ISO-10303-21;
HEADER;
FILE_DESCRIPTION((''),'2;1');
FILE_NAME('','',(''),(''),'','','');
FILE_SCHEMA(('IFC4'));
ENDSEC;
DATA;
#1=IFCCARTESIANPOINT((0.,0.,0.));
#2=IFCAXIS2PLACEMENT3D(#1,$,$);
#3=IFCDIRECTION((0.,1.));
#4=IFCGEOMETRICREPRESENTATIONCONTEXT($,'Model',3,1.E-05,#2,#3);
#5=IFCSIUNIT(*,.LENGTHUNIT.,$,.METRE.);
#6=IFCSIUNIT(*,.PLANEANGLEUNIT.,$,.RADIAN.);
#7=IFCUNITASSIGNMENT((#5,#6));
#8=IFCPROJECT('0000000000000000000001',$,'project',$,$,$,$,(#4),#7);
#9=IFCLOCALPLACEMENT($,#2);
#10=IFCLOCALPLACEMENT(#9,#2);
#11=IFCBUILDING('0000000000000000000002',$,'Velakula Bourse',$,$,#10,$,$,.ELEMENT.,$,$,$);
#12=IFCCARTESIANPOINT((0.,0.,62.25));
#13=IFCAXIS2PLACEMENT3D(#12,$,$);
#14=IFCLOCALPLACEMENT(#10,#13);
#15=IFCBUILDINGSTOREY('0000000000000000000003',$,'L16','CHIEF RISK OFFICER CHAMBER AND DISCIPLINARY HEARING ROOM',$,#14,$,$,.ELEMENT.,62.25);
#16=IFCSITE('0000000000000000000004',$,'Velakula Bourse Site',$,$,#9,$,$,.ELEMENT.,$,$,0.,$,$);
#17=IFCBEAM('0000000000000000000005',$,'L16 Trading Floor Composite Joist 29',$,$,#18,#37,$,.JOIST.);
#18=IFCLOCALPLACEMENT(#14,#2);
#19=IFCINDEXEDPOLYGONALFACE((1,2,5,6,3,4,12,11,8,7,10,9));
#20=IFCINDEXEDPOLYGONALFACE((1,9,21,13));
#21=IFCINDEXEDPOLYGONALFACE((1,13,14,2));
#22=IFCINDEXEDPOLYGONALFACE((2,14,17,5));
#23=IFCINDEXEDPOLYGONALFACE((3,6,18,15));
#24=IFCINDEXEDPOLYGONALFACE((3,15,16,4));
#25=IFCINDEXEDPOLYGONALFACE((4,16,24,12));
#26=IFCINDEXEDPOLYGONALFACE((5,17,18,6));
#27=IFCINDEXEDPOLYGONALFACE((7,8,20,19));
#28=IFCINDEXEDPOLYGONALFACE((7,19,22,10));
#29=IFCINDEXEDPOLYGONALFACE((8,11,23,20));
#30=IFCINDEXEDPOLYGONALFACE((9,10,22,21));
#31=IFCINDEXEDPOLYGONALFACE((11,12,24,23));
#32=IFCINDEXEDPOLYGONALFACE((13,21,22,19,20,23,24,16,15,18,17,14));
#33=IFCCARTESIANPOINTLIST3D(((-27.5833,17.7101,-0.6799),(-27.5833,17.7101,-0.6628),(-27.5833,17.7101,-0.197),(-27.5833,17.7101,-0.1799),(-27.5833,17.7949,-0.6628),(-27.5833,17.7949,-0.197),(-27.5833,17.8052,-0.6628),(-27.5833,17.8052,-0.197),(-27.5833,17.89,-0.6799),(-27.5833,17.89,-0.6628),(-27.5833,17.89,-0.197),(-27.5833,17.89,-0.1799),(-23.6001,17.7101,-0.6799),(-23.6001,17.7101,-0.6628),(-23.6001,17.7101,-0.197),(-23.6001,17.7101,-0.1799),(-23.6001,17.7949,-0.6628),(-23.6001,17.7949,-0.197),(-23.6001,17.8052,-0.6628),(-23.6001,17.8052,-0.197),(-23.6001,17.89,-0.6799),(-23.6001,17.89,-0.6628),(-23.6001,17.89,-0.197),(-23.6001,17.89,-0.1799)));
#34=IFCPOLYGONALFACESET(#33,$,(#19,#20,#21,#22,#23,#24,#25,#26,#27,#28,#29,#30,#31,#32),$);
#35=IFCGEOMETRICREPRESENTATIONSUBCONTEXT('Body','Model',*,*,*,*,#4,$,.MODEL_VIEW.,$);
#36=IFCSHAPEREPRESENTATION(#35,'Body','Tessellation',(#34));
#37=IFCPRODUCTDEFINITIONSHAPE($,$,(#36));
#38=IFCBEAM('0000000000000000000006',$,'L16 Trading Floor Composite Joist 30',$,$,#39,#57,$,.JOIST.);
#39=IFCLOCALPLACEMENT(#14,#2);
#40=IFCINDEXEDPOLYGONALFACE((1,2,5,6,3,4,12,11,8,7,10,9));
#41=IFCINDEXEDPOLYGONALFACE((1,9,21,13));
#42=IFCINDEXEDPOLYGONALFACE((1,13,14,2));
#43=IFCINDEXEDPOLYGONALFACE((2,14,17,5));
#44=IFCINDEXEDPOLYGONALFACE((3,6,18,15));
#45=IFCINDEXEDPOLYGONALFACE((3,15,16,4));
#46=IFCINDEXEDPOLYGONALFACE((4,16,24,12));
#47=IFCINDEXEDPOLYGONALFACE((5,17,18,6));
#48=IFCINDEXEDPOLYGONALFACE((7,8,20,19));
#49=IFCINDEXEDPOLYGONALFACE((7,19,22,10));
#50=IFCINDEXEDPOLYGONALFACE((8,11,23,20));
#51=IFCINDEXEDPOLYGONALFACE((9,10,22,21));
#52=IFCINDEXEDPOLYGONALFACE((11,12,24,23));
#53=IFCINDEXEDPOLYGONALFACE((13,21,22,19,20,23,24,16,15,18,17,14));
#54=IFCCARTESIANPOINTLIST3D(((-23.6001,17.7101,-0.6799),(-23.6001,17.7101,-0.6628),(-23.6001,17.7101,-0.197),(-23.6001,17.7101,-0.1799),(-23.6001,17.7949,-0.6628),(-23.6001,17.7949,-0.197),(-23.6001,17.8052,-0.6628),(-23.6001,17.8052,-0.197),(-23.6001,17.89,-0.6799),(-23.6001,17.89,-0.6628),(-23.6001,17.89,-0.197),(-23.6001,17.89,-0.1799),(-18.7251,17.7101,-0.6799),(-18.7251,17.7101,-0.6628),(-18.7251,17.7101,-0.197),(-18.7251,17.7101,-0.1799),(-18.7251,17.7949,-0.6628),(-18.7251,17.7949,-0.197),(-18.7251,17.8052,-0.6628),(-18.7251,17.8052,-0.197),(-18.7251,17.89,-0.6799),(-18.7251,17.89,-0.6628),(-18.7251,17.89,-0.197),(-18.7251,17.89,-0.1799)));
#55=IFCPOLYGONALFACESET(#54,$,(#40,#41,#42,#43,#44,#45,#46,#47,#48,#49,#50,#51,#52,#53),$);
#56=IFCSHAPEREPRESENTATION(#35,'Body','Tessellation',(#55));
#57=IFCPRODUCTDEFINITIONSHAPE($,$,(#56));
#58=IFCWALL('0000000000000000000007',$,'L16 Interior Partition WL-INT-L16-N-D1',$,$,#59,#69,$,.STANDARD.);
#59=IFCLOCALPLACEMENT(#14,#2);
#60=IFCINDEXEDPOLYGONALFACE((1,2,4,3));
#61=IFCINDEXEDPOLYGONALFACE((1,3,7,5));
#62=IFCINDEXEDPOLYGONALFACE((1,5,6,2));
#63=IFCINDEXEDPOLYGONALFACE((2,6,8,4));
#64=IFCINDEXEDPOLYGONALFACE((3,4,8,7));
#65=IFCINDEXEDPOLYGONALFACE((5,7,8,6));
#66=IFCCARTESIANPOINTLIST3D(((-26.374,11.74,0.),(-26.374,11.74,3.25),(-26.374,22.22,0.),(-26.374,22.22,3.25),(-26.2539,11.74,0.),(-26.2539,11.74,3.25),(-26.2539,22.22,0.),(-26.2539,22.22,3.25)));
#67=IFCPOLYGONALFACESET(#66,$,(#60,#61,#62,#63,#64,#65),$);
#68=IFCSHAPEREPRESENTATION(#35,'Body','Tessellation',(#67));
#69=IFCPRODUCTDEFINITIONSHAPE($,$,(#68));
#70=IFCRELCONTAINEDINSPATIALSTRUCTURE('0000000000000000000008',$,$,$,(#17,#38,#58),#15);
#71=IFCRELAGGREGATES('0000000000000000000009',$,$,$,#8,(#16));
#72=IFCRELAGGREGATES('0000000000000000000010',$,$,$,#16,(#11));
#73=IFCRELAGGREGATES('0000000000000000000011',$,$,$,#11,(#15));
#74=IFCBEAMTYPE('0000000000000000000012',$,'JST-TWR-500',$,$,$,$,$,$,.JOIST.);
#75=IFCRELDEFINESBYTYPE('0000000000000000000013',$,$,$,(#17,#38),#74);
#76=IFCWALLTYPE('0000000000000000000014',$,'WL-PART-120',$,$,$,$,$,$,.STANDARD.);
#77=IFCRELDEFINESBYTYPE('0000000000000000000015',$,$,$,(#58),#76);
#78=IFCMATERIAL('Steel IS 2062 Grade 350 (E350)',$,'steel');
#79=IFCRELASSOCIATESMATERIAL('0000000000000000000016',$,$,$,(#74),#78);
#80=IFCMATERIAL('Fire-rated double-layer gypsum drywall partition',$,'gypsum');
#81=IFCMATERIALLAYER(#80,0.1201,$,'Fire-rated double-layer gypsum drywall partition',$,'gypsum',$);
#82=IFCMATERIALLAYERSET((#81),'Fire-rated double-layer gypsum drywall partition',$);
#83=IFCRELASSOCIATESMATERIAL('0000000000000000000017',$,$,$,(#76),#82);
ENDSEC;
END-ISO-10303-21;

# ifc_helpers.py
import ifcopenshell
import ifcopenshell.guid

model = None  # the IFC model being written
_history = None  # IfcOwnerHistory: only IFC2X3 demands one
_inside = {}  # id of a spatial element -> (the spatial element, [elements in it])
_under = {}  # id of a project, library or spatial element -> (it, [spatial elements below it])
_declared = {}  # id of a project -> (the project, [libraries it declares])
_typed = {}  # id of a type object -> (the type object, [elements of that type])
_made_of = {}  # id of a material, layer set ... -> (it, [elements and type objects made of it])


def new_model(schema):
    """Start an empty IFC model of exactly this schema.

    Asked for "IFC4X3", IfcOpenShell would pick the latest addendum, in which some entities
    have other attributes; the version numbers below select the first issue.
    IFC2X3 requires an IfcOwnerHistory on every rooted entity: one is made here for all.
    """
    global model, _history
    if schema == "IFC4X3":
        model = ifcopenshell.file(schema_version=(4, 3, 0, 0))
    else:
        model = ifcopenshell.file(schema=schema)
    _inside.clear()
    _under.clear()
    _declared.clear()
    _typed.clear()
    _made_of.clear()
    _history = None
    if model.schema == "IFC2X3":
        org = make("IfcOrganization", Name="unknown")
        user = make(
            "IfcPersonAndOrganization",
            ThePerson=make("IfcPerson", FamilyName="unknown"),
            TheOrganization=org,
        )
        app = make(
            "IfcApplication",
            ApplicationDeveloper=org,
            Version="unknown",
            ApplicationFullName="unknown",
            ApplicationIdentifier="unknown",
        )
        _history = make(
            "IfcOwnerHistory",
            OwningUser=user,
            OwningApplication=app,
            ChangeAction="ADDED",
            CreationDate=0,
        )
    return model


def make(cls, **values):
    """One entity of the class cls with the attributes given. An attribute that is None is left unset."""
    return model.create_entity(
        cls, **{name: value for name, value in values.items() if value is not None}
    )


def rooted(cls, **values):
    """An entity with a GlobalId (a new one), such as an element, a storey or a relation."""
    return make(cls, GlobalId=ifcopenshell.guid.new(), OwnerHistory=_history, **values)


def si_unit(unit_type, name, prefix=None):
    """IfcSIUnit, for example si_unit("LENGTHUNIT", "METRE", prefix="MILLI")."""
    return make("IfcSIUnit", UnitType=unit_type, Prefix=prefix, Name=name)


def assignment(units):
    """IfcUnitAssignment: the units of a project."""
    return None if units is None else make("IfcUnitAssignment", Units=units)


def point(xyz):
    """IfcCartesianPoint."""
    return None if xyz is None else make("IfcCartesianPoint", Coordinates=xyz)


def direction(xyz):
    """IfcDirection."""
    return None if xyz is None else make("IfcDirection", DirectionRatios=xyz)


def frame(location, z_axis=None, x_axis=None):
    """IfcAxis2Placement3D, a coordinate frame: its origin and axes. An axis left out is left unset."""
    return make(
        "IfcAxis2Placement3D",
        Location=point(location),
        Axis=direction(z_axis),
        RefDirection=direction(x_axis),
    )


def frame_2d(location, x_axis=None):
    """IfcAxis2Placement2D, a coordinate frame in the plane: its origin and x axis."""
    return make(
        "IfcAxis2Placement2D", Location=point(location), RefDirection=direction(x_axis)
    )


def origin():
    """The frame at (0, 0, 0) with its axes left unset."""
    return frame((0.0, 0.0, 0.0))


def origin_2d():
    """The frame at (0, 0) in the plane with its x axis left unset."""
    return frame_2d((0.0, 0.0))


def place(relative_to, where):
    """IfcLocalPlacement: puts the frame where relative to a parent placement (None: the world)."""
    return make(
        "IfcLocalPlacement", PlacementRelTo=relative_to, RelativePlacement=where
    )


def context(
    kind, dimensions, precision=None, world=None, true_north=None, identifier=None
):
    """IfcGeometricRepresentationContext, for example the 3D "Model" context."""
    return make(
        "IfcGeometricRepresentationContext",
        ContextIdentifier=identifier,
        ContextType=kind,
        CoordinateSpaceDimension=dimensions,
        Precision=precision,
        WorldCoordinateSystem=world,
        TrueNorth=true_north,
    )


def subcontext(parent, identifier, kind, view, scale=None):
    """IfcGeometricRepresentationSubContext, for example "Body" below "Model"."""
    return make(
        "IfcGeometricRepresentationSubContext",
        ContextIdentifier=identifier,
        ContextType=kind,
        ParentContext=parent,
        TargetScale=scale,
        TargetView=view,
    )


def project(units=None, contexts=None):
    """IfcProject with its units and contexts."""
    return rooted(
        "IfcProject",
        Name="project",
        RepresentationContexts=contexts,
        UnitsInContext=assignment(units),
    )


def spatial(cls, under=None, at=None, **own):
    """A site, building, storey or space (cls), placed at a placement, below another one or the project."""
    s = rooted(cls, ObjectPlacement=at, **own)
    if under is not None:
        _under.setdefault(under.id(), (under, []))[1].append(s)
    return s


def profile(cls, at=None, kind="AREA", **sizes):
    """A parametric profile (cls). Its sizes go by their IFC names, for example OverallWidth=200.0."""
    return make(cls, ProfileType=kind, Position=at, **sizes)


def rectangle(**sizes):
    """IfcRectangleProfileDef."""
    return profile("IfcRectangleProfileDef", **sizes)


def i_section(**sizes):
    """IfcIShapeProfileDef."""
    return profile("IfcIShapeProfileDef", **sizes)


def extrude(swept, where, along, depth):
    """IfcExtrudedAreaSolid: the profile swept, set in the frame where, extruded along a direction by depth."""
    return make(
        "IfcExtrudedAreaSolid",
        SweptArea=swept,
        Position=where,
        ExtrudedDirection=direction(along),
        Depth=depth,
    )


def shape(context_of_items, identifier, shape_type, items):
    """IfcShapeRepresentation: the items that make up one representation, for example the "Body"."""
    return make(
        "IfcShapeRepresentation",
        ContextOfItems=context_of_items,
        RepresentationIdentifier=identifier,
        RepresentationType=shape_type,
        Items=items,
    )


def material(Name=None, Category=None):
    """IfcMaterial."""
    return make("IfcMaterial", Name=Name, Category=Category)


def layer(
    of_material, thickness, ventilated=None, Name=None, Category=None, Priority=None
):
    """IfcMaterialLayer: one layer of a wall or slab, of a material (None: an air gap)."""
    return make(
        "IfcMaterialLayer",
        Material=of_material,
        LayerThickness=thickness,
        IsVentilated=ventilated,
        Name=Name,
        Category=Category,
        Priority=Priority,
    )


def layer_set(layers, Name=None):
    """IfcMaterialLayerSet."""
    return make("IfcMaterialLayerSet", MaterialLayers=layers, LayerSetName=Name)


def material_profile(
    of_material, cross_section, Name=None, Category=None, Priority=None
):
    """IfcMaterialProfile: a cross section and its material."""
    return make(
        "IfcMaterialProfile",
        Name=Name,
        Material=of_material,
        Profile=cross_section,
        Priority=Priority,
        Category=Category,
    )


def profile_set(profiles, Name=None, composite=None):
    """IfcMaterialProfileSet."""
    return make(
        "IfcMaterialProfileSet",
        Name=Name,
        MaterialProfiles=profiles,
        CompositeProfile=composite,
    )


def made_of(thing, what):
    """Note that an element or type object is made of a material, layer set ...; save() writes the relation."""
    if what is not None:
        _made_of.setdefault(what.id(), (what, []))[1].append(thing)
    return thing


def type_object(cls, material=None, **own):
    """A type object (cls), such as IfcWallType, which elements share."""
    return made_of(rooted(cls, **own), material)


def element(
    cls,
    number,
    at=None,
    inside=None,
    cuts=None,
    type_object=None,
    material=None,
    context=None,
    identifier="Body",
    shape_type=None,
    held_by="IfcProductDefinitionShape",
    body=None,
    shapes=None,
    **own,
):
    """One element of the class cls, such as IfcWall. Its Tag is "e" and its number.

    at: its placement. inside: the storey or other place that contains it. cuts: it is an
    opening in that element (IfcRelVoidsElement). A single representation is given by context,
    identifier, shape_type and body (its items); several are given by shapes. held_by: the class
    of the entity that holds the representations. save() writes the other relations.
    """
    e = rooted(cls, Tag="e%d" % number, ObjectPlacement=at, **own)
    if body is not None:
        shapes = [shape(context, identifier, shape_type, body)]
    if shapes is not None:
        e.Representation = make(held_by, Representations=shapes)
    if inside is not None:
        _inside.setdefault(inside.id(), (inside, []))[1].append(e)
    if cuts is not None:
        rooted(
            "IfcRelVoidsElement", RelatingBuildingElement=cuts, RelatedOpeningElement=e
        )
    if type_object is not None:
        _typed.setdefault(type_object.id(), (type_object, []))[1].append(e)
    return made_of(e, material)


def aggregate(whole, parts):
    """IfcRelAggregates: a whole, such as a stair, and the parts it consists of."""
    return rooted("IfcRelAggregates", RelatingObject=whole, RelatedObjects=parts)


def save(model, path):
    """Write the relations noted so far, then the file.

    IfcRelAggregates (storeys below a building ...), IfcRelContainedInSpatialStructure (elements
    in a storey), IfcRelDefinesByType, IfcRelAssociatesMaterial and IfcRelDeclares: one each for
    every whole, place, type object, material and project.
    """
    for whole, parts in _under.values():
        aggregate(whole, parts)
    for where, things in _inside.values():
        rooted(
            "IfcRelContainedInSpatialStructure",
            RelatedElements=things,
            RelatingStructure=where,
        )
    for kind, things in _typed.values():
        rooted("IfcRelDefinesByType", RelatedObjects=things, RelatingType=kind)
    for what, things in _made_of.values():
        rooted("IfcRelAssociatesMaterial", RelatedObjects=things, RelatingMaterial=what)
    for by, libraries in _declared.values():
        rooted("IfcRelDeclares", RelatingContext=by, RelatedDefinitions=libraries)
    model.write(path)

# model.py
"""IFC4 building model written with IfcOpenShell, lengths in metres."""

from ifc_helpers import new_model, si_unit, direction, frame, frame_2d, origin, origin_2d, place, context, subcontext, project, spatial, rectangle, i_section, extrude, material, layer, layer_set, material_profile, profile_set, type_object, element, save


model = new_model("IFC4")

# Units and contexts
model_context = context("Model", 3, precision=1e-05, world=origin(), true_north=direction((0.0, 1.0)))
body_context = subcontext(model_context, "Body", "Model", "MODEL_VIEW")
ifc_project = project(units=[si_unit("LENGTHUNIT", "METRE"), si_unit("PLANEANGLEUNIT", "RADIAN")], contexts=[model_context])

# Site, building, storey
site_placement = place(None, origin())
site = spatial("IfcSite", under=ifc_project, at=site_placement, Name="Velakula Bourse Site", CompositionType="ELEMENT", RefElevation=0.0)
building_placement = place(site_placement, origin())
building = spatial("IfcBuilding", under=site, at=building_placement, Name="Velakula Bourse", CompositionType="ELEMENT")
storey_placement = place(building_placement, frame((0.0, 0.0, 62.25)))
storey = spatial("IfcBuildingStorey", under=building, at=storey_placement, Name="L16", Description="CHIEF RISK OFFICER CHAMBER AND DISCIPLINARY HEARING ROOM", CompositionType="ELEMENT", Elevation=62.25)

# Beams
ifc_material_1 = material(Name="Steel IS 2062 Grade 350 (E350)", Category="steel")
ifc_material_profile_1 = material_profile(ifc_material_1, i_section(OverallWidth=0.1799, OverallDepth=0.5, WebThickness=0.0103, FlangeThickness=0.0171, at=origin_2d()), Name="Steel IS 2062 Grade 350 (E350)")
ifc_profile_set_1 = profile_set([ifc_material_profile_1], Name="Steel IS 2062 Grade 350 (E350)")
beam_type_1 = type_object("IfcBeamType", Name="JST-TWR-500", PredefinedType="JOIST", material=ifc_profile_set_1)
beam_1_placement = place(storey_placement, frame((-27.5833, 17.8, -0.4299), z_axis=(1.0, 0.0, 0.0), x_axis=(0.0, 1.0, 0.0)))
element("IfcBeam", 1, at=beam_1_placement, inside=storey, type_object=beam_type_1, Name="L16 Trading Floor Composite Joist 29", PredefinedType="JOIST", context=body_context, shape_type="SweptSolid", body=[
    extrude(i_section(OverallWidth=0.1799, OverallDepth=0.5, WebThickness=0.0103, FlangeThickness=0.0171, at=origin_2d()), origin(), (0.0, 0.0, 1.0), 3.9832),
])
beam_2_placement = place(storey_placement, frame((-23.6001, 17.8, -0.4299), z_axis=(1.0, 0.0, 0.0), x_axis=(0.0, 1.0, 0.0)))
element("IfcBeam", 2, at=beam_2_placement, inside=storey, type_object=beam_type_1, Name="L16 Trading Floor Composite Joist 30", PredefinedType="JOIST", context=body_context, shape_type="SweptSolid", body=[
    extrude(i_section(OverallWidth=0.1799, OverallDepth=0.5, WebThickness=0.0103, FlangeThickness=0.0171, at=origin_2d()), origin(), (0.0, 0.0, 1.0), 4.875),
])

# Wall
ifc_material_2 = material(Name="Fire-rated double-layer gypsum drywall partition", Category="gypsum")
ifc_layer = layer(ifc_material_2, 0.1201, Name="Fire-rated double-layer gypsum drywall partition", Category="gypsum")
ifc_layer_set = layer_set([ifc_layer], Name="Fire-rated double-layer gypsum drywall partition")
wall_type = type_object("IfcWallType", Name="WL-PART-120", PredefinedType="STANDARD", material=ifc_layer_set)
wall_placement = place(storey_placement, frame((-26.314, 11.74, 0.0), z_axis=(0.0, 0.0, 1.0), x_axis=(0.0, 1.0, 0.0)))
element("IfcWall", 3, at=wall_placement, inside=storey, type_object=wall_type, Name="L16 Interior Partition WL-INT-L16-N-D1", PredefinedType="STANDARD", context=body_context, shape_type="SweptSolid", body=[
    extrude(rectangle(XDim=10.48, YDim=0.1201, at=frame_2d((5.24, 0.0))), origin(), (0.0, 0.0, 1.0), 3.25),
])

save(model, "model.ifc")
